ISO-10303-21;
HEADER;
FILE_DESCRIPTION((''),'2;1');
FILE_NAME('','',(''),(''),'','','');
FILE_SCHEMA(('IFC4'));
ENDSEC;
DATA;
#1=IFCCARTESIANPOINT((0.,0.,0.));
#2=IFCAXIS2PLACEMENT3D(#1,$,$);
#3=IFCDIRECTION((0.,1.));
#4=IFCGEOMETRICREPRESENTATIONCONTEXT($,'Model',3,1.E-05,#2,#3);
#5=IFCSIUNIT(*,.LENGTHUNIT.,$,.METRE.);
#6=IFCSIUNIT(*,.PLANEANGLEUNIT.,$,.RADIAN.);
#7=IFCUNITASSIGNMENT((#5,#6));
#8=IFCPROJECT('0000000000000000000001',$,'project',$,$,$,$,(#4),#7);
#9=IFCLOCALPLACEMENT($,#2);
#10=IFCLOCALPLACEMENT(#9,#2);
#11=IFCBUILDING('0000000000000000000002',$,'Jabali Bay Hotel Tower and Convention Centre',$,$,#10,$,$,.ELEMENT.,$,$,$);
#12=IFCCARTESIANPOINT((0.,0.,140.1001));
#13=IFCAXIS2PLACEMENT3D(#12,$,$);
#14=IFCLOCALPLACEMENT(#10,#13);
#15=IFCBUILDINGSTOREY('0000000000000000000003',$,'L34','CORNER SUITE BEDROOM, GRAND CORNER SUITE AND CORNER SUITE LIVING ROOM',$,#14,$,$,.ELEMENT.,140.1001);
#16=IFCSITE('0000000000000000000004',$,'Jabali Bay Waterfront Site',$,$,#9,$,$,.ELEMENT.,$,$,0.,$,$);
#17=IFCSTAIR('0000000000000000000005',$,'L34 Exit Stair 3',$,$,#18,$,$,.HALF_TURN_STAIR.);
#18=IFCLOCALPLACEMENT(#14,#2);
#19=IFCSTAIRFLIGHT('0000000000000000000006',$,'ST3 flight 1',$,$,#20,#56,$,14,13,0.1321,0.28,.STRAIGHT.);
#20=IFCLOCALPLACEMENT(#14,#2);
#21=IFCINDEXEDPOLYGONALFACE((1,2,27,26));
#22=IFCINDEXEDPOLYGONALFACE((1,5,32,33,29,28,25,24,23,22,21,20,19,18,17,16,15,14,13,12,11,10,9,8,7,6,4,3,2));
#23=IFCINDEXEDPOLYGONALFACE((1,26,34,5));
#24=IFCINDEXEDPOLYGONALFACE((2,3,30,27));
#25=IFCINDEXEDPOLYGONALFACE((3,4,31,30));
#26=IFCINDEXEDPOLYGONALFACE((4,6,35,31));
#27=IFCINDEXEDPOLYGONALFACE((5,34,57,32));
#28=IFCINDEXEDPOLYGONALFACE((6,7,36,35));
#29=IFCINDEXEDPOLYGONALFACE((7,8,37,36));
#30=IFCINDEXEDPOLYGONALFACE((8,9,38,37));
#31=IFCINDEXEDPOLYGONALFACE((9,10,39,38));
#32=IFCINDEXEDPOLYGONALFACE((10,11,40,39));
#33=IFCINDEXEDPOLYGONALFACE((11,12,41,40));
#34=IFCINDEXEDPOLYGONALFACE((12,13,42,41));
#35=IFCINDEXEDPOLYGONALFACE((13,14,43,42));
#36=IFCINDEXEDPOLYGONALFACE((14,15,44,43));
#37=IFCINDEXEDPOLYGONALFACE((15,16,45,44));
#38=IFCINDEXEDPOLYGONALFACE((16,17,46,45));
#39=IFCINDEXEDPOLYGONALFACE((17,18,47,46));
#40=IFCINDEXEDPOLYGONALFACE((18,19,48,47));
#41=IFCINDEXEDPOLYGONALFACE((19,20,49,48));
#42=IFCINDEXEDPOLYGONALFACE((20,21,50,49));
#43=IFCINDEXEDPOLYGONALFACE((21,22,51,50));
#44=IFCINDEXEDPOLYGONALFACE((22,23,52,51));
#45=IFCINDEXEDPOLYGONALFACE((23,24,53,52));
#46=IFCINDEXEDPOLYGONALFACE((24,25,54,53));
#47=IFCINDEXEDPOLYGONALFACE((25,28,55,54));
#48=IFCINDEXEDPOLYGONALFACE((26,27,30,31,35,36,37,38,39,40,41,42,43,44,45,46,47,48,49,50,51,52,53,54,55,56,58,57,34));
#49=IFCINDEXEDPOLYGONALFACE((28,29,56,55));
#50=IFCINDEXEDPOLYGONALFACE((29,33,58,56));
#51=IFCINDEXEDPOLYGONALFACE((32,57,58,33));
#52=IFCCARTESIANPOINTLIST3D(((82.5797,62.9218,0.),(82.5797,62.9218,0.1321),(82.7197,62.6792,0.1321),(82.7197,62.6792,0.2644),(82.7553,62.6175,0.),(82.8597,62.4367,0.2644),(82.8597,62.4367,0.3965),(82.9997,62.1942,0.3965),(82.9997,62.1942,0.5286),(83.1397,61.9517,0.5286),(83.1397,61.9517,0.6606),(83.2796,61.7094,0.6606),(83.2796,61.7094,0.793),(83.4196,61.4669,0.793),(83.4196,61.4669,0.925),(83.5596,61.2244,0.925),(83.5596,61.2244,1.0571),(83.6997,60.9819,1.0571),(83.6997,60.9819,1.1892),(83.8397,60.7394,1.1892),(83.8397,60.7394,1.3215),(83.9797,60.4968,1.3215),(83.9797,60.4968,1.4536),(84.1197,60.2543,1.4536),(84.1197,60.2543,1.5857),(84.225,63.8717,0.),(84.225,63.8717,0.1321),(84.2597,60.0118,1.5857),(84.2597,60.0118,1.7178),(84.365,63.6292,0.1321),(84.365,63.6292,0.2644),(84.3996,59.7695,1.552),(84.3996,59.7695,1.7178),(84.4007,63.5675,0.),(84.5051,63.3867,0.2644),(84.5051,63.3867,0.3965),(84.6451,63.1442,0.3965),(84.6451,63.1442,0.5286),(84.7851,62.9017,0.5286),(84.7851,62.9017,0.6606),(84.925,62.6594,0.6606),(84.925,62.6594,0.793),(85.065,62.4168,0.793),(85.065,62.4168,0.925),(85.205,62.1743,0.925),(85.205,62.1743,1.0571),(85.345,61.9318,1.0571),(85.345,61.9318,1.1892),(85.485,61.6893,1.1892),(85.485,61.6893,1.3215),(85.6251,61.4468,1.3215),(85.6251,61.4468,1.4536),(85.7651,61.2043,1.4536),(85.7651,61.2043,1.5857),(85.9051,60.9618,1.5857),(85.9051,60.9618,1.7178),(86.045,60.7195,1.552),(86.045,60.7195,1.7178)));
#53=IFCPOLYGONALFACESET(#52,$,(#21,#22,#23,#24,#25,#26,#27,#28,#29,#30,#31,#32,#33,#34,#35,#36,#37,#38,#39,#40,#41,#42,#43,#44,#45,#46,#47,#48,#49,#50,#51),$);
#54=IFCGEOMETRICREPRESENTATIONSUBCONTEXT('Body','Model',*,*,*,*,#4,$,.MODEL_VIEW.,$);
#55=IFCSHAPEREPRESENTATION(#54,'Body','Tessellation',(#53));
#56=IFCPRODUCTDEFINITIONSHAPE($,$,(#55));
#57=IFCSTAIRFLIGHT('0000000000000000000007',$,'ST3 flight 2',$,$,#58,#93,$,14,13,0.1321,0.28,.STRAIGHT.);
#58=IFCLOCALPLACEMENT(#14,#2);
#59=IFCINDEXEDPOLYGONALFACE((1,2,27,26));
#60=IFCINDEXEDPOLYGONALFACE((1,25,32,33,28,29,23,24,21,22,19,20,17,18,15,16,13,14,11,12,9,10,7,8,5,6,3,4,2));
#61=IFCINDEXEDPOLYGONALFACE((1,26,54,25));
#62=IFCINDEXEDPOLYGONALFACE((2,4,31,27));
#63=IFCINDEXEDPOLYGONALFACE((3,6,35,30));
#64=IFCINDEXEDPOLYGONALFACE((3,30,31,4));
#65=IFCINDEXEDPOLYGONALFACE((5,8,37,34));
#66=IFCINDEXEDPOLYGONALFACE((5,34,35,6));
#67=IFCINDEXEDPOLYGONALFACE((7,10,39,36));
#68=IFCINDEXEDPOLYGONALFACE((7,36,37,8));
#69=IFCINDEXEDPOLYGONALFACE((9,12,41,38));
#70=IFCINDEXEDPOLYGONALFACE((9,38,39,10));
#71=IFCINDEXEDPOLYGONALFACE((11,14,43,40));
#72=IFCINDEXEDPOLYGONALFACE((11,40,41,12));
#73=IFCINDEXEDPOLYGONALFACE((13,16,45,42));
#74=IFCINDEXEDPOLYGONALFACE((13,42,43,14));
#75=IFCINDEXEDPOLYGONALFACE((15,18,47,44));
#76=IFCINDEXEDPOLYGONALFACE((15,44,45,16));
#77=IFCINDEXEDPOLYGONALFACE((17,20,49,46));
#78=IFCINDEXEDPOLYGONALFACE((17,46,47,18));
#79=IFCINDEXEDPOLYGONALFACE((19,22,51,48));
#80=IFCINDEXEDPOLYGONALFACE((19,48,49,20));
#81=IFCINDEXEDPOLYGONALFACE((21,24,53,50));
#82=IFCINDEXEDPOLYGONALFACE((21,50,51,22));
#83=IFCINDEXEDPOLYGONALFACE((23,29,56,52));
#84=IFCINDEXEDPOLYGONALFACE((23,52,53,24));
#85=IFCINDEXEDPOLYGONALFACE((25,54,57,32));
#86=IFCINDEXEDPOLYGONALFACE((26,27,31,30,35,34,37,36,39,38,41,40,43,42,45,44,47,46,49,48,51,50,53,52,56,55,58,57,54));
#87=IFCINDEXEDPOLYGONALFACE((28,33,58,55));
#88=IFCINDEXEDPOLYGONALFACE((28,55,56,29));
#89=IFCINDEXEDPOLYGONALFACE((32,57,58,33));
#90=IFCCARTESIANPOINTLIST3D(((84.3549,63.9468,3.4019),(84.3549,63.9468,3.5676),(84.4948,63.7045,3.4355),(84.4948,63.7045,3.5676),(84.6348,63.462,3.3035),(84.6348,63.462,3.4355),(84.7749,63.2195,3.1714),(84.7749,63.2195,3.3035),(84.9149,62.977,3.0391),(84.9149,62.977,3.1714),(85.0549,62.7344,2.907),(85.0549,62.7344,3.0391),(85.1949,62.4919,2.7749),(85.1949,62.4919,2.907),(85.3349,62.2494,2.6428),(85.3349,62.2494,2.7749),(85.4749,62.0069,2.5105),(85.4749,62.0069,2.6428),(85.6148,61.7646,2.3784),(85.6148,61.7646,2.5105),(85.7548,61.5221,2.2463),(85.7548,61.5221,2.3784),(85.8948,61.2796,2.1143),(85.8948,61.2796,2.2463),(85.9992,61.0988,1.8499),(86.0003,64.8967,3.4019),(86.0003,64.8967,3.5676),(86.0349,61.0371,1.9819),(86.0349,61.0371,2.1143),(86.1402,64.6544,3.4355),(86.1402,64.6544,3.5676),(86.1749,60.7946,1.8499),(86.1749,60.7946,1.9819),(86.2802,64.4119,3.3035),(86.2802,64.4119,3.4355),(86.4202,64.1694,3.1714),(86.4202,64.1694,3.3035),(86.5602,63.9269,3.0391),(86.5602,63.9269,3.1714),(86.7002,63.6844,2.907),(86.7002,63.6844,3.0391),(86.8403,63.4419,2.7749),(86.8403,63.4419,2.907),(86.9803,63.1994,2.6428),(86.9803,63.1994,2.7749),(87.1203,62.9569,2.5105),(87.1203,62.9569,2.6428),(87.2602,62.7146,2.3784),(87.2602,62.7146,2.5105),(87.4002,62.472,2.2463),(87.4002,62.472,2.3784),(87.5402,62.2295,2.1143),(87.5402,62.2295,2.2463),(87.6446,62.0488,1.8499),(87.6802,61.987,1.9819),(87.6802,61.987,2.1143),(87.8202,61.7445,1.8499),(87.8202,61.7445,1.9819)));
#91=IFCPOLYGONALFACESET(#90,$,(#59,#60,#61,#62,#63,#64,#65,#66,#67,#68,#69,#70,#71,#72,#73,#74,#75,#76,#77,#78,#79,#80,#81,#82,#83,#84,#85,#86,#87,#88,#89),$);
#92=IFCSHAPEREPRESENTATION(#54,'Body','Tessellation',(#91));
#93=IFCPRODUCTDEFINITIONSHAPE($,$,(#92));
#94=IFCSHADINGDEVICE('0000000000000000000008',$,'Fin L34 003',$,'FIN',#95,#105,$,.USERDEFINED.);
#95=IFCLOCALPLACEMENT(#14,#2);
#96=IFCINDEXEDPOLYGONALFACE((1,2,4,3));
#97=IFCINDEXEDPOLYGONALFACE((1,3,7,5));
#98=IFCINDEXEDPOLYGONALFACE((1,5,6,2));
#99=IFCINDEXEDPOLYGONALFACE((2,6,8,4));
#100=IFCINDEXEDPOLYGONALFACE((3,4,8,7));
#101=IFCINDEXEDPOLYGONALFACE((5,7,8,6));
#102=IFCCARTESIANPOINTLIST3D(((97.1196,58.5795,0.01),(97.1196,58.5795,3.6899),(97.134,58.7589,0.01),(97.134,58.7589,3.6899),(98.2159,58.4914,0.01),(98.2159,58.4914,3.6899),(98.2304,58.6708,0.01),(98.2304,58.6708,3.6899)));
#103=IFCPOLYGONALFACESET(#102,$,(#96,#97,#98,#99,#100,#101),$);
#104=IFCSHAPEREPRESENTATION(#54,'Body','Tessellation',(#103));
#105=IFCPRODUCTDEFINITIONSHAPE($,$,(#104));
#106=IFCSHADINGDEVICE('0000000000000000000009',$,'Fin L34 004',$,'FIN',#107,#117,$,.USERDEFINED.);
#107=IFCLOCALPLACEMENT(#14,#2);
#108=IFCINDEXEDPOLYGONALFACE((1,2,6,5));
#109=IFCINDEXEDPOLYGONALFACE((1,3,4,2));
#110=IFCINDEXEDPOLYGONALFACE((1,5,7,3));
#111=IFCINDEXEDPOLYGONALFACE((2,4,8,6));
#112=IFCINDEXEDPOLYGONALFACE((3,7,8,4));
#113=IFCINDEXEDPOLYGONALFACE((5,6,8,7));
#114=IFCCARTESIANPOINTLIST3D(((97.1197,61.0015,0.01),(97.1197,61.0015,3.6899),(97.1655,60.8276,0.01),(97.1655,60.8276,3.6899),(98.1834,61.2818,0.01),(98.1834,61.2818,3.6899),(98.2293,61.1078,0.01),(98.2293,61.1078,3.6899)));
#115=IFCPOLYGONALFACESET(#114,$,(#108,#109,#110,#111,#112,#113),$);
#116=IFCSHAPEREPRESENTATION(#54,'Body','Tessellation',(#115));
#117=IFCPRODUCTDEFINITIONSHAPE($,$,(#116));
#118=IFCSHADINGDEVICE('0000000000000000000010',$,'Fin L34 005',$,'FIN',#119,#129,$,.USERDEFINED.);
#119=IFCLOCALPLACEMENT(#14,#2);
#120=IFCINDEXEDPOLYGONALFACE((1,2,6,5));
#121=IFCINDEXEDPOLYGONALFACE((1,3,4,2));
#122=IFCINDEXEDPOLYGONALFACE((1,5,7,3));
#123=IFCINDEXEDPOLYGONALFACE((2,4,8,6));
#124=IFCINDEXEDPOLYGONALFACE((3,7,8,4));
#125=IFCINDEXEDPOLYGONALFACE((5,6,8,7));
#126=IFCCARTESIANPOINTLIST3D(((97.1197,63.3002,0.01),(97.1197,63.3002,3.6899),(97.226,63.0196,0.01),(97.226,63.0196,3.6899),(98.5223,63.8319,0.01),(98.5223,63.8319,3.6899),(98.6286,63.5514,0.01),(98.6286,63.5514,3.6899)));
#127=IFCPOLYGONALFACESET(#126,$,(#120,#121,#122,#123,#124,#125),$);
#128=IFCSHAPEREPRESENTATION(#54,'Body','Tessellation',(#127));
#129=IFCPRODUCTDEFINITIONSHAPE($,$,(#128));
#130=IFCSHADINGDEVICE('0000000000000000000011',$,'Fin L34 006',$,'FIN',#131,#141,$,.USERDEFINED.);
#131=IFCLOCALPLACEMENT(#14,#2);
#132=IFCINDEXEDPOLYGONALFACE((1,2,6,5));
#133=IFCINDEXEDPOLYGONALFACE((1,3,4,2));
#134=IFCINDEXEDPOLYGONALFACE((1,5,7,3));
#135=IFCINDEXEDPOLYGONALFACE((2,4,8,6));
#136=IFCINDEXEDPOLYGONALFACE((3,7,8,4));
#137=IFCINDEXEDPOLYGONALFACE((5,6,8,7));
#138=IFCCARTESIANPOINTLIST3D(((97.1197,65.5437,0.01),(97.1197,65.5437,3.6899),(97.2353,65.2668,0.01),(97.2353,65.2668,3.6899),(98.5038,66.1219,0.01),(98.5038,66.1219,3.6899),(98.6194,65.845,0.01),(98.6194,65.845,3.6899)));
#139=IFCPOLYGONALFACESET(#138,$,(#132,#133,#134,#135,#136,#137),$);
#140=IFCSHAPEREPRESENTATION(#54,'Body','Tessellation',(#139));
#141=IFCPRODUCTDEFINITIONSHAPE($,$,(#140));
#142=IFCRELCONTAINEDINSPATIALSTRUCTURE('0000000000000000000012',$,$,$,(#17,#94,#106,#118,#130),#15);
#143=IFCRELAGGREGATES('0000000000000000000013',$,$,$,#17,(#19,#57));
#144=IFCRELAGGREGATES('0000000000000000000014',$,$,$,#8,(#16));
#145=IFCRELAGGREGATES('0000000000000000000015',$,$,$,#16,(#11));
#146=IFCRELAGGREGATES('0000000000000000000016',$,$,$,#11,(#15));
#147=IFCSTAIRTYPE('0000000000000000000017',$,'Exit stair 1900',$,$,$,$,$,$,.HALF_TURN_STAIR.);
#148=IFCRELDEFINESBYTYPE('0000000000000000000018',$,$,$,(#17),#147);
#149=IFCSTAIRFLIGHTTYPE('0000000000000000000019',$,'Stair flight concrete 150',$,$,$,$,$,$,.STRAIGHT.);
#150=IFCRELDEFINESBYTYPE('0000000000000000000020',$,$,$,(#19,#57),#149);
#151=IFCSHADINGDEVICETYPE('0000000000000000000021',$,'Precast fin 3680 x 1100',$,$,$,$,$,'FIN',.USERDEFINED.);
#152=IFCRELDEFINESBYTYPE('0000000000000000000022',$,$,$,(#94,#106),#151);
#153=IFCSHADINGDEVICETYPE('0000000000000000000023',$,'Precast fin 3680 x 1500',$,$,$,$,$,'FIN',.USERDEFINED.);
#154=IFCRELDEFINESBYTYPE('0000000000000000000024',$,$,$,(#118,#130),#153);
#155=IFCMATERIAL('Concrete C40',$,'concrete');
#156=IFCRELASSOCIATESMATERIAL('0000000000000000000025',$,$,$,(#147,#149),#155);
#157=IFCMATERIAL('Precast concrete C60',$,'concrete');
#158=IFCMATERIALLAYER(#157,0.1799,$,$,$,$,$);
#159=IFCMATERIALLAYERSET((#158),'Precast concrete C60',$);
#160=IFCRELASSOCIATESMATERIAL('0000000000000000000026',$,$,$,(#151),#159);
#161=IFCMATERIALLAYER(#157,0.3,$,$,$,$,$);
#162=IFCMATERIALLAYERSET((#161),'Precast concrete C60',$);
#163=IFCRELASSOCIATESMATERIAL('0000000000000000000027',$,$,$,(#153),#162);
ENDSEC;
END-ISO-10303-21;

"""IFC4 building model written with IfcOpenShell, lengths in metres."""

from ifc_helpers import new_model, si_unit, direction, frame, frame_2d, origin, place, context, subcontext, project, spatial, polyline, rectangle, outline, extrude, material, layer, layer_set, type_object, element, aggregate, save


model = new_model("IFC4")

# Units and contexts
model_context = context("Model", 3, precision=1e-05, world=origin(), true_north=direction((0.0, 1.0)))
body_context = subcontext(model_context, "Body", "Model", "MODEL_VIEW")
ifc_project = project(units=[si_unit("LENGTHUNIT", "METRE"), si_unit("PLANEANGLEUNIT", "RADIAN")], contexts=[model_context])

# Site, building, storey
site_placement = place(None, origin())
site = spatial("IfcSite", under=ifc_project, at=site_placement, Name="Jabali Bay Waterfront Site", CompositionType="ELEMENT", RefElevation=0.0)
building_placement = place(site_placement, origin())
building = spatial("IfcBuilding", under=site, at=building_placement, Name="Jabali Bay Hotel Tower and Convention Centre", CompositionType="ELEMENT")
storey_placement = place(building_placement, frame((0.0, 0.0, 140.1001)))
storey = spatial("IfcBuildingStorey", under=building, at=storey_placement, Name="L34", Description="CORNER SUITE BEDROOM, GRAND CORNER SUITE AND CORNER SUITE LIVING ROOM", CompositionType="ELEMENT", Elevation=140.1001)

# Shared definitions
ifc_material_1 = material(Name="Concrete C40", Category="concrete")

# Stair, stair flights
stair_type = type_object("IfcStairType", Name="Exit stair 1900", PredefinedType="HALF_TURN_STAIR", material=ifc_material_1)
stair_placement = place(storey_placement, origin())
stair = element("IfcStair", 1, at=stair_placement, inside=storey, type_object=stair_type, Name="L34 Exit Stair 3", PredefinedType="HALF_TURN_STAIR")
stair_flight_type = type_object("IfcStairFlightType", Name="Stair flight concrete 150", PredefinedType="STRAIGHT", material=ifc_material_1)
stair_flight_1_placement = place(storey_placement, frame((83.4023, 63.3967, 0.0), z_axis=(0.0, 0.0, 1.0), x_axis=(0.5, -0.866025, 0.0)))
stair_flight_1 = element("IfcStairFlight", 2, at=stair_flight_1_placement, type_object=stair_flight_type, Name="ST3 flight 1", NumberOfRisers=14, NumberOfTreads=13, PredefinedType="STRAIGHT", RiserHeight=0.1321, TreadLength=0.28, context=body_context, shape_type="SweptSolid", body=[
    extrude(outline(polyline([(0.0, 0.0), (0.0, 0.1321), (0.28, 0.1321), (0.28, 0.2644), (0.5601, 0.2644), (0.5601, 0.3965), (0.8401, 0.3965), (0.8401, 0.5286), (1.1201, 0.5286), (1.1201, 0.6606), (1.3999, 0.6606), (1.3999, 0.793), (1.6799, 0.793), (1.6799, 0.925), (1.96, 0.925), (1.96, 1.0571), (2.24, 1.0571), (2.24, 1.1892), (2.52, 1.1892), (2.52, 1.3215), (2.8, 1.3215), (2.8, 1.4536), (3.0801, 1.4536), (3.0801, 1.5857), (3.3601, 1.5857), (3.3601, 1.7178), (3.6399, 1.7178), (3.6399, 1.8501), (3.6399, 1.552), (0.3513, 0.0), (0.0, 0.0)])), frame((0.0, 0.95, 0.0), z_axis=(0.0, -1.0, 0.0), x_axis=(1.0, 0.0, 0.0)), (0.0, 0.0, 1.0), 1.8999),
])
stair_flight_2_placement = place(storey_placement, frame((86.9976, 61.2695, 1.8499), z_axis=(0.0, 0.0, 1.0), x_axis=(-0.5, 0.866025, 0.0)))
stair_flight_2 = element("IfcStairFlight", 3, at=stair_flight_2_placement, type_object=stair_flight_type, Name="ST3 flight 2", NumberOfRisers=14, NumberOfTreads=13, PredefinedType="STRAIGHT", RiserHeight=0.1321, TreadLength=0.28, context=body_context, shape_type="SweptSolid", body=[
    extrude(outline(polyline([(0.0, 0.0), (0.0, 0.1321), (0.28, 0.1321), (0.28, 0.2644), (0.5601, 0.2644), (0.5601, 0.3965), (0.8401, 0.3965), (0.8401, 0.5286), (1.1201, 0.5286), (1.1201, 0.6606), (1.3999, 0.6606), (1.3999, 0.793), (1.6799, 0.793), (1.6799, 0.925), (1.96, 0.925), (1.96, 1.0571), (2.24, 1.0571), (2.24, 1.1892), (2.52, 1.1892), (2.52, 1.3215), (2.8, 1.3215), (2.8, 1.4536), (3.0801, 1.4536), (3.0801, 1.5857), (3.3601, 1.5857), (3.3601, 1.7178), (3.6399, 1.7178), (3.6399, 1.8501), (3.6399, 1.552), (0.3513, 0.0), (0.0, 0.0)])), frame((0.0, 0.95, 0.0), z_axis=(0.0, -1.0, 0.0), x_axis=(1.0, 0.0, 0.0)), (0.0, 0.0, 1.0), 1.8999),
])
aggregate(stair, [stair_flight_1, stair_flight_2])

# Shading devices
ifc_material_2 = material(Name="Precast concrete C60", Category="concrete")
ifc_layer_1 = layer(ifc_material_2, 0.1799)
ifc_layer_set_1 = layer_set([ifc_layer_1], Name="Precast concrete C60")
shading_device_type_1 = type_object("IfcShadingDeviceType", Name="Precast fin 3680 x 1100", ElementType="FIN", PredefinedType="USERDEFINED", material=ifc_layer_set_1)
shading_device_1_placement = place(storey_placement, frame((97.127, 58.6692, 0.01), z_axis=(0.0, 0.0, 1.0), x_axis=(0.996785, -0.080125, 0.0)))
element("IfcShadingDevice", 4, at=shading_device_1_placement, inside=storey, type_object=shading_device_type_1, Name="Fin L34 003", ObjectType="FIN", PredefinedType="USERDEFINED", context=body_context, shape_type="SweptSolid", body=[
    extrude(rectangle(XDim=1.0999, YDim=0.1799, at=frame_2d((0.5498, 0.0))), origin(), (0.0, 0.0, 1.0), 3.6799),
])
shading_device_2_placement = place(storey_placement, frame((97.1426, 60.9146, 0.01), z_axis=(0.0, 0.0, 1.0), x_axis=(0.966997, 0.254788, 0.0)))
element("IfcShadingDevice", 5, at=shading_device_2_placement, inside=storey, type_object=shading_device_type_1, Name="Fin L34 004", ObjectType="FIN", PredefinedType="USERDEFINED", context=body_context, shape_type="SweptSolid", body=[
    extrude(rectangle(XDim=1.1001, YDim=0.1799, at=frame_2d((0.55, 0.0))), origin(), (0.0, 0.0, 1.0), 3.6799),
])
ifc_layer_2 = layer(ifc_material_2, 0.3)
ifc_layer_set_2 = layer_set([ifc_layer_2], Name="Precast concrete C60")
shading_device_type_2 = type_object("IfcShadingDeviceType", Name="Precast fin 3680 x 1500", ElementType="FIN", PredefinedType="USERDEFINED", material=ifc_layer_set_2)
for number, where, z_axis, x_axis, name in (
    (6, (97.1729, 63.1599, 0.01), (0.0, 0.0, 1.0), (0.935059, 0.354492, 0.0), "Fin L34 005"),
    (7, (97.1775, 65.4053, 0.01), (0.0, 0.0, 1.0), (0.922735, 0.385436, 0.0), "Fin L34 006"),
):
    element("IfcShadingDevice", number, at=place(storey_placement, frame(where, z_axis=z_axis, x_axis=x_axis)), inside=storey, type_object=shading_device_type_2, Name=name, ObjectType="FIN", PredefinedType="USERDEFINED", context=body_context, shape_type="SweptSolid", body=[
        extrude(rectangle(XDim=1.5, YDim=0.3, at=frame_2d((0.75, 0.0))), origin(), (0.0, 0.0, 1.0), 3.6799),
    ])

save(model, "model.ifc")
